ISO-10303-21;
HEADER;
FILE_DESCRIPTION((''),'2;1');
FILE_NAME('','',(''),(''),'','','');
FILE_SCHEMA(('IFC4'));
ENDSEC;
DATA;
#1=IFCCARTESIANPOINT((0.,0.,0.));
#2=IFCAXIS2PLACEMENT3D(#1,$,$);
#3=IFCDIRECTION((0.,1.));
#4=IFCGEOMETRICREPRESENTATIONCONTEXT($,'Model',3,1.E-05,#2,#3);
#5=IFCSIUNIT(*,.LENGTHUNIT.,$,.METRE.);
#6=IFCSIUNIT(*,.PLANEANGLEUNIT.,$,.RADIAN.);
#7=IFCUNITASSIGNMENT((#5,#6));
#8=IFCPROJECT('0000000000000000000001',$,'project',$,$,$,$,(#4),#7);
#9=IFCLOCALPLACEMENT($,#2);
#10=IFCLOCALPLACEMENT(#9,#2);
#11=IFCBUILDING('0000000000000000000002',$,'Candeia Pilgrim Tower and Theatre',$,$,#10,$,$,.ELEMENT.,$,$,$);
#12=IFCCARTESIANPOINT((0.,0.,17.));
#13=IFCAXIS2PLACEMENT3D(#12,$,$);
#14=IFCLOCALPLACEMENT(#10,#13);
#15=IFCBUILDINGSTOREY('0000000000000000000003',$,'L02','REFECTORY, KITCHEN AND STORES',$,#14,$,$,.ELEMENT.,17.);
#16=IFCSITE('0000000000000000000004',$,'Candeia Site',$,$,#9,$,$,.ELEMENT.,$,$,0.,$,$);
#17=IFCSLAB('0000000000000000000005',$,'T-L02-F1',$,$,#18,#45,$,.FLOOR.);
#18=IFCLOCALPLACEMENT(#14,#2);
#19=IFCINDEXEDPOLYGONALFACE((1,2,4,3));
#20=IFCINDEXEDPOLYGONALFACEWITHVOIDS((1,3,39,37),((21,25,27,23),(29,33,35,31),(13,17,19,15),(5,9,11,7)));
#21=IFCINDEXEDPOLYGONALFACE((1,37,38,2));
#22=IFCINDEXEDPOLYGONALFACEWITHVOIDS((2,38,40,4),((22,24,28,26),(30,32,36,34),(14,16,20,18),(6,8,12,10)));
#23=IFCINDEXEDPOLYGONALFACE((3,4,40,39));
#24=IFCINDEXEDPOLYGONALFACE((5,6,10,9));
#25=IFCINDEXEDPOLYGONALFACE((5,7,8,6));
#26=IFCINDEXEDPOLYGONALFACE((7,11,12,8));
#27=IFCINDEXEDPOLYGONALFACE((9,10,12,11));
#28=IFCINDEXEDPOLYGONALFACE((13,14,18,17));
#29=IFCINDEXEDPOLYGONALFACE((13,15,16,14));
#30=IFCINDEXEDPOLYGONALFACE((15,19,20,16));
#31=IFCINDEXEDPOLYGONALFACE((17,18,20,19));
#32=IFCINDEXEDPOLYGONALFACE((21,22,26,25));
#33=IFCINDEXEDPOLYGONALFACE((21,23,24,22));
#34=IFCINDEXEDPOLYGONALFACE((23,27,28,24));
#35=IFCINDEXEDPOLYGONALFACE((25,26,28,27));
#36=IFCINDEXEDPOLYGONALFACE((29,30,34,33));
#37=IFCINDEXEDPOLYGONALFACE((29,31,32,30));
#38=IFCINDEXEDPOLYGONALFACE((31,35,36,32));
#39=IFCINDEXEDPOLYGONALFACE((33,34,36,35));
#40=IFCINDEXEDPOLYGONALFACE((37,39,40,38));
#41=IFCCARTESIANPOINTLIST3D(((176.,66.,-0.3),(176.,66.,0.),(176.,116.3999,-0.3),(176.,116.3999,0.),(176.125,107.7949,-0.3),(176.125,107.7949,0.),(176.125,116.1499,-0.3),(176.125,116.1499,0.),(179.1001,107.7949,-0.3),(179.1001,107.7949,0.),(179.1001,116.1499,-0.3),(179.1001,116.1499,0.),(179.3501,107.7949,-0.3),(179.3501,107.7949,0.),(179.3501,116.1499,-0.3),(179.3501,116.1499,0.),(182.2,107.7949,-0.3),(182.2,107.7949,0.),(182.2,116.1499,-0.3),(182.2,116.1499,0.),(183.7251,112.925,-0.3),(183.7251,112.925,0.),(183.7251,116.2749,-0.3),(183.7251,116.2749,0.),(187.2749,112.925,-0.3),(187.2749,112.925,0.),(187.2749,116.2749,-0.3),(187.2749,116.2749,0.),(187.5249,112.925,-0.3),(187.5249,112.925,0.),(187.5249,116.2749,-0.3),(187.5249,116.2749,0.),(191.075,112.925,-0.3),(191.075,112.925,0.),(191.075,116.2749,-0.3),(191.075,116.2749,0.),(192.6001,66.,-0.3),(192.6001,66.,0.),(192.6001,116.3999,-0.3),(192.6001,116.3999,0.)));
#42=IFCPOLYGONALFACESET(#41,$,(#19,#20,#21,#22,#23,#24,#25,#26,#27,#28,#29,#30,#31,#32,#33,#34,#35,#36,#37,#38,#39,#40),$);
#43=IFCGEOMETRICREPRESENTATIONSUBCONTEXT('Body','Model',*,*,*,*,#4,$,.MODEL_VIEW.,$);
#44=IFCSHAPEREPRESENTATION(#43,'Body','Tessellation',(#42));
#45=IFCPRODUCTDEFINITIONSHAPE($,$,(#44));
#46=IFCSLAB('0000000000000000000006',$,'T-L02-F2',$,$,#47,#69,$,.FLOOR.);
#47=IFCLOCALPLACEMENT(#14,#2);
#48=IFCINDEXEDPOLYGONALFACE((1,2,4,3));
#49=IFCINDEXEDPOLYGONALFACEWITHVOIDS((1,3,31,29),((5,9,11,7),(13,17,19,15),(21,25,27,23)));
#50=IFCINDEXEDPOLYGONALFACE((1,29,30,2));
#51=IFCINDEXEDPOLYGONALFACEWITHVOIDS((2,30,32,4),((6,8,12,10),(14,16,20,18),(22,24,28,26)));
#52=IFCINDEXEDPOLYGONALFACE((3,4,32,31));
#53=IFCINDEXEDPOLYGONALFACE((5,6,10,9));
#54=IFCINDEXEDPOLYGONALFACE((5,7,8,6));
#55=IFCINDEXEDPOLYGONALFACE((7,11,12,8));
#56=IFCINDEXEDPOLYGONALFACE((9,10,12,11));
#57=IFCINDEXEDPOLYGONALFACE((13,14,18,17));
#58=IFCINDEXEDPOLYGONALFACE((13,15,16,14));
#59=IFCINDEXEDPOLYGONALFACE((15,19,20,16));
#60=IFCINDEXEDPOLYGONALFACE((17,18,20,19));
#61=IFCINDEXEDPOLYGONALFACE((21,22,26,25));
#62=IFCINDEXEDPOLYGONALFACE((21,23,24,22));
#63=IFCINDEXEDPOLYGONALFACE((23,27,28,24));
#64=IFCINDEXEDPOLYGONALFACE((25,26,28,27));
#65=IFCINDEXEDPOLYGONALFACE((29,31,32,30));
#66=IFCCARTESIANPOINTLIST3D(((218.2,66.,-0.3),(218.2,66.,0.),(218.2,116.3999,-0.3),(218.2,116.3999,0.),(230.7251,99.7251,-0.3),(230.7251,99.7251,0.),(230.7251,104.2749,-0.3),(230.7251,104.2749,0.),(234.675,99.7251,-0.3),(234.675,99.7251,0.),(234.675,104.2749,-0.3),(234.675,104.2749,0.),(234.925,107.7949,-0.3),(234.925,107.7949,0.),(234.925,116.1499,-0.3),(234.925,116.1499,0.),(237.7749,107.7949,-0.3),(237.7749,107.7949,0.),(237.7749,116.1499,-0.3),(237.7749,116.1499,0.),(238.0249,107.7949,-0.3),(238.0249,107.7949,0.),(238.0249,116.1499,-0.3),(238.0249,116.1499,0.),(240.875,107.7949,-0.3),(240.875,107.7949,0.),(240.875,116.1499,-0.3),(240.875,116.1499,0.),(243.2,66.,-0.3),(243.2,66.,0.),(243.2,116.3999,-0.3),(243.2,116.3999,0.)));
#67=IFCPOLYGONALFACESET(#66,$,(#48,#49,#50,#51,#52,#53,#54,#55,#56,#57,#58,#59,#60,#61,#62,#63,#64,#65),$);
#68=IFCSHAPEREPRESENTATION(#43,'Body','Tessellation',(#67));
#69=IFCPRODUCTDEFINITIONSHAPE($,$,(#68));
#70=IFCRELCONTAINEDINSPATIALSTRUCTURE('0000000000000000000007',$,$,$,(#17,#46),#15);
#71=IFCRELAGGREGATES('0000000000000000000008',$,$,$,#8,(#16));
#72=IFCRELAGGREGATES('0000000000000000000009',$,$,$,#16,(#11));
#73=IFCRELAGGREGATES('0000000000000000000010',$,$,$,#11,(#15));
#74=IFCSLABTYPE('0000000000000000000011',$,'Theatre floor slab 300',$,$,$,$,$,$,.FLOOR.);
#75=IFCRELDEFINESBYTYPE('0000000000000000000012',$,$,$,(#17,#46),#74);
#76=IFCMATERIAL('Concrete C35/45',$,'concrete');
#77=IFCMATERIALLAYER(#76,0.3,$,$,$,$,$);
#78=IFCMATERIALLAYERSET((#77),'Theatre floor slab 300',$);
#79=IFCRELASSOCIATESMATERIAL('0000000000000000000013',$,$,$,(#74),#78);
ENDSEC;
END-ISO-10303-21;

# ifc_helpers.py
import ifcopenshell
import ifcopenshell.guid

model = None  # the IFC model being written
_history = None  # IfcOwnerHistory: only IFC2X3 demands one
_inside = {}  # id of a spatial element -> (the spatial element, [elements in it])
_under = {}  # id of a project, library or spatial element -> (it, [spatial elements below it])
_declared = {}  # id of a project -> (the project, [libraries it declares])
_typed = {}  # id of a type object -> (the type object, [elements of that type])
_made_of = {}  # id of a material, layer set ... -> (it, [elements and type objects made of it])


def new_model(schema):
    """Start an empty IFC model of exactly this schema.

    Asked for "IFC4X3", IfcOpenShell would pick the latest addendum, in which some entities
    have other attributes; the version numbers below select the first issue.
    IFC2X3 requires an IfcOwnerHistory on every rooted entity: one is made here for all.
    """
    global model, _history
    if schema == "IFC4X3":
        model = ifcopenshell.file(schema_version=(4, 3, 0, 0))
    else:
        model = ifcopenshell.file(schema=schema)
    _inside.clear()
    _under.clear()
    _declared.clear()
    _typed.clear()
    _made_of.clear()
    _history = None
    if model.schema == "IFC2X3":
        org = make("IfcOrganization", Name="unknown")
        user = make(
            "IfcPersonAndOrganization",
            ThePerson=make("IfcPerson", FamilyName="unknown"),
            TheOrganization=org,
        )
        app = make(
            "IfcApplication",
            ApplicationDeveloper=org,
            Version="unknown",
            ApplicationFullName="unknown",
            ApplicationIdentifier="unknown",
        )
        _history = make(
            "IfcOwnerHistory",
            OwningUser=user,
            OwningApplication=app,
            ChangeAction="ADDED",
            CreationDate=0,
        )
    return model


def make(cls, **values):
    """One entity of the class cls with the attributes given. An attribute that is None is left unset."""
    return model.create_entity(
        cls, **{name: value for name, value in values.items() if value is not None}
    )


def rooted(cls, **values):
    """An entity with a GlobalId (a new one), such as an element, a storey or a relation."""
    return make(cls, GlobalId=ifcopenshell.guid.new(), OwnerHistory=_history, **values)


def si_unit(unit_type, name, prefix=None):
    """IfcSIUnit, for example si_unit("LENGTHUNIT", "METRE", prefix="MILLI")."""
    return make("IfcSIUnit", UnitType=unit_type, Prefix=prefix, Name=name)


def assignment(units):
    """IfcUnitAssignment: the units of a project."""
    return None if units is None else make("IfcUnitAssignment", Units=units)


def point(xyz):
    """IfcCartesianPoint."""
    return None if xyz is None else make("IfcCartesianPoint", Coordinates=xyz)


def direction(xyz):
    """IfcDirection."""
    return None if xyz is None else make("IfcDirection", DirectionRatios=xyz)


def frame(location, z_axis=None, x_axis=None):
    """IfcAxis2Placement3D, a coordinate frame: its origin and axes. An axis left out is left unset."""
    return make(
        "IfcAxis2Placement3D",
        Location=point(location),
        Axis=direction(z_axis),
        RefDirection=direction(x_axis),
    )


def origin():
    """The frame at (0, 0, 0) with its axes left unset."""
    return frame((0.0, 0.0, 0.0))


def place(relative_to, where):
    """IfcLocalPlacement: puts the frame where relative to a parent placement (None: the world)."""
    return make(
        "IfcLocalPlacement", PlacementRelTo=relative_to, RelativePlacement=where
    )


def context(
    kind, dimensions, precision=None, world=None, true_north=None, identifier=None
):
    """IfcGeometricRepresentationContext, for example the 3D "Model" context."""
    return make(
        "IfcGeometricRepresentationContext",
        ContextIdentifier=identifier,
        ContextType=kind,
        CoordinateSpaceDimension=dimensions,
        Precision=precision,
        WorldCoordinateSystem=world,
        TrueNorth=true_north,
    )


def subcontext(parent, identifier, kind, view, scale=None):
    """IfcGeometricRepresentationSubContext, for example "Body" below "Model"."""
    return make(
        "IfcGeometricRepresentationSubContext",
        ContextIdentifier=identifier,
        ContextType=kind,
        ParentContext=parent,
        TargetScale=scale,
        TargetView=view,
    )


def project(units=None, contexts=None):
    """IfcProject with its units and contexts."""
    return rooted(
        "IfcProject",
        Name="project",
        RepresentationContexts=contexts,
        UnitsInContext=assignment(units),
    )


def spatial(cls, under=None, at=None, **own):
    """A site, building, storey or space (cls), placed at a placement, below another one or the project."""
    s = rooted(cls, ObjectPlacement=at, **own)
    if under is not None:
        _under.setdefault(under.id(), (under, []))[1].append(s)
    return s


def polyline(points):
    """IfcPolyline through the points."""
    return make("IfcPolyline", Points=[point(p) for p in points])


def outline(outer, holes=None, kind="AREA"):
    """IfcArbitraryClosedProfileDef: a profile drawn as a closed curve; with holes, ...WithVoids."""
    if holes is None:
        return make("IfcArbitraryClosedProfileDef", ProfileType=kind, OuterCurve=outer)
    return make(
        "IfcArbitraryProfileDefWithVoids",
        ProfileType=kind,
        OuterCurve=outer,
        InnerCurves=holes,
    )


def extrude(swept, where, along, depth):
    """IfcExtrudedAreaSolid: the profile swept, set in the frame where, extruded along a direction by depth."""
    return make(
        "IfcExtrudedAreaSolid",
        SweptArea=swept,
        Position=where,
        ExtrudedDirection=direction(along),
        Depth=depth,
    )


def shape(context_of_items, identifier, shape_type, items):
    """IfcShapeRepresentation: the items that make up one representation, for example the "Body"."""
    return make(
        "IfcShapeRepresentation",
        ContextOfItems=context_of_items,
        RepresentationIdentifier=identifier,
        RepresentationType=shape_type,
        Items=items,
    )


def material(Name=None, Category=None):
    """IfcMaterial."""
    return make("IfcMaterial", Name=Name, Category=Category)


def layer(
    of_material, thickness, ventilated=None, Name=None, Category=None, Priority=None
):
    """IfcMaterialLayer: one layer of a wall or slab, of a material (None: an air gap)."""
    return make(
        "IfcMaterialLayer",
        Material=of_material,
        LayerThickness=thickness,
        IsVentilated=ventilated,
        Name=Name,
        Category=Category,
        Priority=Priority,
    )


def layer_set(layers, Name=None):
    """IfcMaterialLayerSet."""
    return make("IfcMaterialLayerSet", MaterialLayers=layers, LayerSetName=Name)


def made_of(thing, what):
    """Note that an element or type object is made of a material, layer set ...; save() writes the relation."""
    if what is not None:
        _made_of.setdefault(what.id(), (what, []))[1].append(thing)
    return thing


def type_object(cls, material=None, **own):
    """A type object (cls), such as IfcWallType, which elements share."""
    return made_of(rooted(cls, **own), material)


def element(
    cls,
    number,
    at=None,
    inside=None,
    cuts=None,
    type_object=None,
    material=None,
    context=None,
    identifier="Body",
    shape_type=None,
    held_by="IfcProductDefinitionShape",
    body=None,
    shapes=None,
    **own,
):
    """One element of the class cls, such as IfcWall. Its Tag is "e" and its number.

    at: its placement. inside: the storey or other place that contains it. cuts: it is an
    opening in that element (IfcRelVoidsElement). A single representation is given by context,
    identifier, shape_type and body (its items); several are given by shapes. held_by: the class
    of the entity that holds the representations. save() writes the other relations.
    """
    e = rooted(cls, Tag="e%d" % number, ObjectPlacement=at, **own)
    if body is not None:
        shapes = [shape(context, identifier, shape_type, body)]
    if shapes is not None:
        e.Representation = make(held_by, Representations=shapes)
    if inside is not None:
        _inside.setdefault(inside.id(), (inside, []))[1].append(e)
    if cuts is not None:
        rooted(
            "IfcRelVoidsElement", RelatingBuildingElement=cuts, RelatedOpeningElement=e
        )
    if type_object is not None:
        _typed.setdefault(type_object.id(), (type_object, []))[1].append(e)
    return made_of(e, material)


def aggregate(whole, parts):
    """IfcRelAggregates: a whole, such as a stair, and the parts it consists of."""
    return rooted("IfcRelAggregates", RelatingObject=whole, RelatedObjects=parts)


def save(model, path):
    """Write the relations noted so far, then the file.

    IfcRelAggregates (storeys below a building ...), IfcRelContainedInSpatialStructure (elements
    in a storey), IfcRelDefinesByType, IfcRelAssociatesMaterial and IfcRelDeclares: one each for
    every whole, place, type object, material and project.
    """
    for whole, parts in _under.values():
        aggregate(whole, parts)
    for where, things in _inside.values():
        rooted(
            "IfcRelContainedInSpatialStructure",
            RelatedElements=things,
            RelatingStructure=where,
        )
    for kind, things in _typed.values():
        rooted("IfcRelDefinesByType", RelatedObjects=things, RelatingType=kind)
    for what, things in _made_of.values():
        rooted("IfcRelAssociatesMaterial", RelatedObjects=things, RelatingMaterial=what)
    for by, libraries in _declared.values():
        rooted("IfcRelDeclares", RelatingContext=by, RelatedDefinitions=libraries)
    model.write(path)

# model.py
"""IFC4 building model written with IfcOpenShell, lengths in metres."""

from ifc_helpers import new_model, si_unit, direction, frame, origin, place, context, subcontext, project, spatial, polyline, outline, extrude, material, layer, layer_set, type_object, element, save


model = new_model("IFC4")

# Units and contexts
model_context = context("Model", 3, precision=1e-05, world=origin(), true_north=direction((0.0, 1.0)))
body_context = subcontext(model_context, "Body", "Model", "MODEL_VIEW")
ifc_project = project(units=[si_unit("LENGTHUNIT", "METRE"), si_unit("PLANEANGLEUNIT", "RADIAN")], contexts=[model_context])

# Site, building, storey
site_placement = place(None, origin())
site = spatial("IfcSite", under=ifc_project, at=site_placement, Name="Candeia Site", CompositionType="ELEMENT", RefElevation=0.0)
building_placement = place(site_placement, origin())
building = spatial("IfcBuilding", under=site, at=building_placement, Name="Candeia Pilgrim Tower and Theatre", CompositionType="ELEMENT")
storey_placement = place(building_placement, frame((0.0, 0.0, 17.0)))
storey = spatial("IfcBuildingStorey", under=building, at=storey_placement, Name="L02", Description="REFECTORY, KITCHEN AND STORES", CompositionType="ELEMENT", Elevation=17.0)

# Shared definitions
ifc_material_1 = material(Name="Concrete C35/45", Category="concrete")

# Slabs
ifc_layer_1 = layer(ifc_material_1, 0.3)
ifc_layer_set_1 = layer_set([ifc_layer_1], Name="Theatre floor slab 300")
slab_type_1 = type_object("IfcSlabType", Name="Theatre floor slab 300", PredefinedType="FLOOR", material=ifc_layer_set_1)
slab_1_placement = place(storey_placement, frame((0.0, 0.0, -0.3)))
element("IfcSlab", 1, at=slab_1_placement, inside=storey, type_object=slab_type_1, Name="T-L02-F1", PredefinedType="FLOOR", context=body_context, shape_type="SweptSolid", body=[
    extrude(outline(polyline([(192.6001, 66.0), (176.0, 66.0), (176.0, 116.3999), (192.6001, 116.3999), (192.6001, 66.0)]), holes=[polyline([(179.1001, 116.1499), (176.125, 116.1499), (176.125, 107.7949), (179.1001, 107.7949), (179.1001, 116.1499)]), polyline([(182.2, 107.7949), (182.2, 116.1499), (179.3501, 116.1499), (179.3501, 107.7949), (182.2, 107.7949)]), polyline([(183.7251, 112.925), (187.2749, 112.925), (187.2749, 116.2749), (183.7251, 116.2749), (183.7251, 112.925)]), polyline([(187.5249, 116.2749), (187.5249, 112.925), (191.075, 112.925), (191.075, 116.2749), (187.5249, 116.2749)])]), origin(), (0.0, 0.0, 1.0), 0.3),
])
slab_2_placement = place(storey_placement, frame((0.0, 0.0, -0.3)))
element("IfcSlab", 2, at=slab_2_placement, inside=storey, type_object=slab_type_1, Name="T-L02-F2", PredefinedType="FLOOR", context=body_context, shape_type="SweptSolid", body=[
    extrude(outline(polyline([(243.2, 66.0), (218.2, 66.0), (218.2, 116.3999), (243.2, 116.3999), (243.2, 66.0)]), holes=[polyline([(234.925, 107.7949), (237.7749, 107.7949), (237.7749, 116.1499), (234.925, 116.1499), (234.925, 107.7949)]), polyline([(238.0249, 116.1499), (238.0249, 107.7949), (240.875, 107.7949), (240.875, 116.1499), (238.0249, 116.1499)]), polyline([(234.675, 104.2749), (230.7251, 104.2749), (230.7251, 99.7251), (234.675, 99.7251), (234.675, 104.2749)])]), origin(), (0.0, 0.0, 1.0), 0.3),
])

save(model, "model.ifc")
